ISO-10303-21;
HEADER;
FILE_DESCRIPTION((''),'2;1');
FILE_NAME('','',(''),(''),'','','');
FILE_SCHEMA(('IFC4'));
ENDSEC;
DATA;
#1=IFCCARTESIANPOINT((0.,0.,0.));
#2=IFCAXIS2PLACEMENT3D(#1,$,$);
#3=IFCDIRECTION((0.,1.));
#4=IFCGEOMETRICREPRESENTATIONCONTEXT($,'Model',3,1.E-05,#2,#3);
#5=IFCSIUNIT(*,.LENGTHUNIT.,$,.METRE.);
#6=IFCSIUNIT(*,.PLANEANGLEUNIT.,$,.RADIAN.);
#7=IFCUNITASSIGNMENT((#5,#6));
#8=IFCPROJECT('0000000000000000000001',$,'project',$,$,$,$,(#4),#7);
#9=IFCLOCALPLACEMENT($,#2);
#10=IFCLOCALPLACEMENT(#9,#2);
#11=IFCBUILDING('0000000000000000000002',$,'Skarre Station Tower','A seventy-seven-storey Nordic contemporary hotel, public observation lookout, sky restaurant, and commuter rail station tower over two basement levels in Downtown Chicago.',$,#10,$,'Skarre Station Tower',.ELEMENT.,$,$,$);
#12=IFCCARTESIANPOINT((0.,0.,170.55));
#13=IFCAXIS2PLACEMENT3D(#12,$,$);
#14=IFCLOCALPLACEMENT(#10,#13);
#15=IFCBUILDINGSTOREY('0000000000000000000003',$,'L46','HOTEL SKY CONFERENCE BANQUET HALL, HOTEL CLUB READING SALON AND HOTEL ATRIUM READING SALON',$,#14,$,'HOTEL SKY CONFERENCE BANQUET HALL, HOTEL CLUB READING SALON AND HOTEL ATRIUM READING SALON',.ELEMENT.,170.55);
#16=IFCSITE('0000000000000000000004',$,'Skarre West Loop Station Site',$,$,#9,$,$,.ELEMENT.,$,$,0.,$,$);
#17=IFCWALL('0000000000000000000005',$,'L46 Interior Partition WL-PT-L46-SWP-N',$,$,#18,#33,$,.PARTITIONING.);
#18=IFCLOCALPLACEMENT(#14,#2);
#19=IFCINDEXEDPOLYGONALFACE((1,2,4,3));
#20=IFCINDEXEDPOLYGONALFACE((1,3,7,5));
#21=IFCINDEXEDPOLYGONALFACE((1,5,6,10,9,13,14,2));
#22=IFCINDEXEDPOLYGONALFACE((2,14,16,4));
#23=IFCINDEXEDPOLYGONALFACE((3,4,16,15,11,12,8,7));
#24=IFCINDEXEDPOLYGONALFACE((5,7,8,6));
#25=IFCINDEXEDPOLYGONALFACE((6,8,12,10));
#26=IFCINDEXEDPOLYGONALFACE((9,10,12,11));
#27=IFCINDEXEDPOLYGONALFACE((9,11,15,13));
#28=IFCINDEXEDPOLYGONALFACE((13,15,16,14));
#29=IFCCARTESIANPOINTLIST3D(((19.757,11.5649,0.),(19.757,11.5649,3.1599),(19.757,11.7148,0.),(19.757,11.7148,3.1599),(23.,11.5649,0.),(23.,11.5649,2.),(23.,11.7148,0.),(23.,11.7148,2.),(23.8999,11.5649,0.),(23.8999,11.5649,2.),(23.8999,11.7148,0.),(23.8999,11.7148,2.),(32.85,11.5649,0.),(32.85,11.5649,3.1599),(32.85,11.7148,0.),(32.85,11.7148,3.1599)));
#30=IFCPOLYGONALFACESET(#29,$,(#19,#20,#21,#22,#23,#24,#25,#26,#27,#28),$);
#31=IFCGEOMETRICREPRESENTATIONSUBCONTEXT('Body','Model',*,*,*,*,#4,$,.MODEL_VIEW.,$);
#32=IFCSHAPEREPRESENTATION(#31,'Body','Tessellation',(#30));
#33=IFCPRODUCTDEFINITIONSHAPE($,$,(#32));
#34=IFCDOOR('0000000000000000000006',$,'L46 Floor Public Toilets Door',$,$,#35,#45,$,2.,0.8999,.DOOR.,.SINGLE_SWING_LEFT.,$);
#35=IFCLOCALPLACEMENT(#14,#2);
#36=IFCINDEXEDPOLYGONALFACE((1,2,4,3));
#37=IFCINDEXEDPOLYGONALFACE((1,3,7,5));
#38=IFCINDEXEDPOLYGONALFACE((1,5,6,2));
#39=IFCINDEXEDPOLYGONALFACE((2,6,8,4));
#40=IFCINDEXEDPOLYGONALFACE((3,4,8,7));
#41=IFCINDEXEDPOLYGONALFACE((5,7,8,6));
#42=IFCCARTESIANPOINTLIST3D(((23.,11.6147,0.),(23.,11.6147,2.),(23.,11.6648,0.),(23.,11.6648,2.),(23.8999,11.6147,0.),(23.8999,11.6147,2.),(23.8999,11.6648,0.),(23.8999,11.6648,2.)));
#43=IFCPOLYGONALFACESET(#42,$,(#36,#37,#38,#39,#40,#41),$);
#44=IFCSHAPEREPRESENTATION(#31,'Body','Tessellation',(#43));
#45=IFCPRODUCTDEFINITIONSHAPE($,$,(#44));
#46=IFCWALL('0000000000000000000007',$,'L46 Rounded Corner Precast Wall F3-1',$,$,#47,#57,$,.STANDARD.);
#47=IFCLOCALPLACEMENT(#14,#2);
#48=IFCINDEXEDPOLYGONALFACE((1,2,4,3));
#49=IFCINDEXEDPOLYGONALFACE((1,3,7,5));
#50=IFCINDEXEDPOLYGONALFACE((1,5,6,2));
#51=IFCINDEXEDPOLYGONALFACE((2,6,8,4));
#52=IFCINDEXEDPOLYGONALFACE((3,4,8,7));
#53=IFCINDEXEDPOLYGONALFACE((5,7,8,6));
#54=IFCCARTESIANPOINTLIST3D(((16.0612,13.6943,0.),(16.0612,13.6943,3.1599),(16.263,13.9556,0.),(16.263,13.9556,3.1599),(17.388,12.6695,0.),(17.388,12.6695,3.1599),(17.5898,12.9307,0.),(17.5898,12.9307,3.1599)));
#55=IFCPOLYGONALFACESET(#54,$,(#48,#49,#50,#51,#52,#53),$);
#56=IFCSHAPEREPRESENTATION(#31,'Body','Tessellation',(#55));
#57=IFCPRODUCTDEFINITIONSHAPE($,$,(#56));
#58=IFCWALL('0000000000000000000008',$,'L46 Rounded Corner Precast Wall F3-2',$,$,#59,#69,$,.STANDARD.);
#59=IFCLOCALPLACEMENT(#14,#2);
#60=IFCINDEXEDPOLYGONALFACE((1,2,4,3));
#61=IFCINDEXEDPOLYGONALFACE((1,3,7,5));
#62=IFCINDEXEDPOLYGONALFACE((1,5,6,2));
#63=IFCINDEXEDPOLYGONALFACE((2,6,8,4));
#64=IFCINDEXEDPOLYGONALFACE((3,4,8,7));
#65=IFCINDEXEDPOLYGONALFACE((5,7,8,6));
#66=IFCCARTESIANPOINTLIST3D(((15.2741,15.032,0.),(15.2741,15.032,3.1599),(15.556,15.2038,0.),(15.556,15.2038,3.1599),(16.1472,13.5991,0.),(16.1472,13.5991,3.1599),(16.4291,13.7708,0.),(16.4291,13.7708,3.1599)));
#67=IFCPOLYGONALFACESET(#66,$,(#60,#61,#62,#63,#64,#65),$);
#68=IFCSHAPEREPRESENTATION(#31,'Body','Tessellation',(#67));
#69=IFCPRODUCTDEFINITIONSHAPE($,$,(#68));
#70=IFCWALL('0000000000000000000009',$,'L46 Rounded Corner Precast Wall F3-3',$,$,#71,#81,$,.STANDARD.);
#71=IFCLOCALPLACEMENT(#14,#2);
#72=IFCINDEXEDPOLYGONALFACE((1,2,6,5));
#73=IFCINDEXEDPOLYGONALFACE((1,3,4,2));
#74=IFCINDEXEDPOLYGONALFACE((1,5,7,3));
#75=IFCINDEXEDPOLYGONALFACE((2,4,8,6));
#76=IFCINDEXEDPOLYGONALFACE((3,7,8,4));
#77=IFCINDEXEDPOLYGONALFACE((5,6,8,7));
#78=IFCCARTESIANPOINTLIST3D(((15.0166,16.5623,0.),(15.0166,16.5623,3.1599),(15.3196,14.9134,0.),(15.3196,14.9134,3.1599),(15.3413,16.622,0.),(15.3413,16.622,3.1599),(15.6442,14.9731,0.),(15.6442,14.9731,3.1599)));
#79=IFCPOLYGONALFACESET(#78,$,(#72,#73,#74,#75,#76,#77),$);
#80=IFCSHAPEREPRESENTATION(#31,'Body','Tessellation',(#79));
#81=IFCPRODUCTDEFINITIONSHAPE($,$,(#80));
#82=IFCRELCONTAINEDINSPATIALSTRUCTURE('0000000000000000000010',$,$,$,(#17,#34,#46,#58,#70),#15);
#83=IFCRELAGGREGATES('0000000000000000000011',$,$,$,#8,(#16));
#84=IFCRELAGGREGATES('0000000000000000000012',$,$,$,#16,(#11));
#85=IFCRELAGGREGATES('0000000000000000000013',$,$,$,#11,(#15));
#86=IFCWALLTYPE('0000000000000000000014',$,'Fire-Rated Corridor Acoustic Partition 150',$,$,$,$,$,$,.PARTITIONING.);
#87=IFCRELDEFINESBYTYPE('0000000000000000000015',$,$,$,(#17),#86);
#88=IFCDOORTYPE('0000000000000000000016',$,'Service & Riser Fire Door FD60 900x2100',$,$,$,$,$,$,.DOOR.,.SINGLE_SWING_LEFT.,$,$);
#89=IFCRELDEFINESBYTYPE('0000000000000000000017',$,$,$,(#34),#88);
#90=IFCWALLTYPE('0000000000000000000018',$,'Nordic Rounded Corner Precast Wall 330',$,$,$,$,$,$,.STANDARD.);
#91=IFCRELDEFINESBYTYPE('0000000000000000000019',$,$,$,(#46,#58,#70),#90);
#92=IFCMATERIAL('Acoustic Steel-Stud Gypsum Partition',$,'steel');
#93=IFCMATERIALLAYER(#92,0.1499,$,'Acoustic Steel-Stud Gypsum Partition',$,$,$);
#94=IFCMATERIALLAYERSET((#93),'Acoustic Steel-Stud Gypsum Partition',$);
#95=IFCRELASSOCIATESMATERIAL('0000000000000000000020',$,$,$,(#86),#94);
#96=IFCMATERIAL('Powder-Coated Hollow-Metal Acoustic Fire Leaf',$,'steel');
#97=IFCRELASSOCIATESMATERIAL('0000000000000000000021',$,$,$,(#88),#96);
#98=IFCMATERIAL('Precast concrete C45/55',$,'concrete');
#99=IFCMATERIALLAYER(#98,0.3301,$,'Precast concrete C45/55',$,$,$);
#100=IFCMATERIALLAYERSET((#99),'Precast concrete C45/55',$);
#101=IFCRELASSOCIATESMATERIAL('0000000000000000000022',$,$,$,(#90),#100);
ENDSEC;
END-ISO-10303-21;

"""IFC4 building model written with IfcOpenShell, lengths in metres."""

from ifc_helpers import new_model, si_unit, direction, frame, frame_2d, origin, place, context, subcontext, project, spatial, rectangle, extrude, material, layer, layer_set, type_object, element, fill, save


model = new_model("IFC4")

# Units and contexts
model_context = context("Model", 3, precision=1e-05, world=origin(), true_north=direction((0.0, 1.0)))
body_context = subcontext(model_context, "Body", "Model", "MODEL_VIEW")
ifc_project = project(units=[si_unit("LENGTHUNIT", "METRE"), si_unit("PLANEANGLEUNIT", "RADIAN")], contexts=[model_context])

# Site, building, storey
site_placement = place(None, origin())
site = spatial("IfcSite", under=ifc_project, at=site_placement, Name="Skarre West Loop Station Site", CompositionType="ELEMENT", RefElevation=0.0)
building_placement = place(site_placement, origin())
building = spatial("IfcBuilding", under=site, at=building_placement, Name="Skarre Station Tower", Description="A seventy-seven-storey Nordic contemporary hotel, public observation lookout, sky restaurant, and commuter rail station tower over two basement levels in Downtown Chicago.", LongName="Skarre Station Tower", CompositionType="ELEMENT")
storey_placement = place(building_placement, frame((0.0, 0.0, 170.55)))
storey = spatial("IfcBuildingStorey", under=building, at=storey_placement, Name="L46", Description="HOTEL SKY CONFERENCE BANQUET HALL, HOTEL CLUB READING SALON AND HOTEL ATRIUM READING SALON", LongName="HOTEL SKY CONFERENCE BANQUET HALL, HOTEL CLUB READING SALON AND HOTEL ATRIUM READING SALON", CompositionType="ELEMENT", Elevation=170.55)

# Shared definitions
ifc_material_1 = material(Name="Acoustic Steel-Stud Gypsum Partition", Category="steel")
ifc_layer_1 = layer(ifc_material_1, 0.1499, Name="Acoustic Steel-Stud Gypsum Partition")
ifc_layer_set_1 = layer_set([ifc_layer_1], Name="Acoustic Steel-Stud Gypsum Partition")
wall_type_1 = type_object("IfcWallType", Name="Fire-Rated Corridor Acoustic Partition 150", PredefinedType="PARTITIONING", material=ifc_layer_set_1)

# Wall, opening, door
wall_1_placement = place(storey_placement, frame((19.7571, 11.6399, 0.0), z_axis=(0.0, 0.0, 1.0), x_axis=(1.0, 0.0, 0.0)))
wall_1 = element("IfcWall", 1, at=wall_1_placement, inside=storey, type_object=wall_type_1, Name="L46 Interior Partition WL-PT-L46-SWP-N", PredefinedType="PARTITIONING", context=body_context, shape_type="SweptSolid", body=[
    extrude(rectangle(XDim=13.093, YDim=0.1499, at=frame_2d((6.5464, 0.0))), origin(), (0.0, 0.0, 1.0), 3.1599),
])
opening_1_placement = place(wall_1_placement, frame((3.2429, 0.0, 0.0)))
opening_1 = element("IfcOpeningElement", 2, at=opening_1_placement, cuts=wall_1, PredefinedType="OPENING", context=body_context, shape_type="SweptSolid", body=[
    extrude(rectangle(XDim=0.8999, YDim=2.0, at=frame_2d((0.45, 1.0))), frame((0.0, 0.085, 0.0), z_axis=(0.0, -1.0, 0.0), x_axis=(1.0, 0.0, 0.0)), (0.0, 0.0, 1.0), 0.1699),
])
ifc_material_2 = material(Name="Powder-Coated Hollow-Metal Acoustic Fire Leaf", Category="steel")
door_type = type_object("IfcDoorType", Name="Service & Riser Fire Door FD60 900x2100", OperationType="SINGLE_SWING_LEFT", PredefinedType="DOOR", material=ifc_material_2)
door_placement = place(opening_1_placement, origin())
door = element("IfcDoor", 3, at=door_placement, inside=storey, type_object=door_type, Name="L46 Floor Public Toilets Door", OperationType="SINGLE_SWING_LEFT", OverallHeight=2.0, OverallWidth=0.8999, PredefinedType="DOOR", context=body_context, shape_type="SweptSolid", body=[
    extrude(rectangle(XDim=0.8999, YDim=2.0, at=frame_2d((0.45, 1.0))), frame((0.0, 0.0249, 0.0), z_axis=(0.0, -1.0, 0.0), x_axis=(1.0, 0.0, 0.0)), (0.0, 0.0, 1.0), 0.05),
])
fill(opening_1, door)

# Walls
ifc_material_3 = material(Name="Precast concrete C45/55", Category="concrete")
ifc_layer_2 = layer(ifc_material_3, 0.3301, Name="Precast concrete C45/55")
ifc_layer_set_2 = layer_set([ifc_layer_2], Name="Precast concrete C45/55")
wall_type_2 = type_object("IfcWallType", Name="Nordic Rounded Corner Precast Wall 330", PredefinedType="STANDARD", material=ifc_layer_set_2)
wall_2_placement = place(storey_placement, frame((17.489, 12.8, 0.0), z_axis=(0.0, 0.0, 1.0), x_axis=(-0.79141, 0.611286, 0.0)))
element("IfcWall", 4, at=wall_2_placement, inside=storey, type_object=wall_type_2, Name="L46 Rounded Corner Precast Wall F3-1", PredefinedType="STANDARD", context=body_context, shape_type="SweptSolid", body=[
    extrude(rectangle(XDim=1.6765, YDim=0.3301, at=frame_2d((0.8384, 0.0))), origin(), (0.0, 0.0, 1.0), 3.1599),
])
wall_3_placement = place(storey_placement, frame((16.2881, 13.6851, 0.0), z_axis=(0.0, 0.0, 1.0), x_axis=(-0.520325, 0.853968, 0.0)))
element("IfcWall", 5, at=wall_3_placement, inside=storey, type_object=wall_type_2, Name="L46 Rounded Corner Precast Wall F3-2", PredefinedType="STANDARD", context=body_context, shape_type="SweptSolid", body=[
    extrude(rectangle(XDim=1.678, YDim=0.3301, at=frame_2d((0.8389, 0.0))), origin(), (0.0, 0.0, 1.0), 3.1599),
])
wall_4_placement = place(storey_placement, frame((15.4819, 14.9431, 0.0), z_axis=(0.0, 0.0, 1.0), x_axis=(-0.180718, 0.983535, 0.0)))
element("IfcWall", 6, at=wall_4_placement, inside=storey, type_object=wall_type_2, Name="L46 Rounded Corner Precast Wall F3-3", PredefinedType="STANDARD", context=body_context, shape_type="SweptSolid", body=[
    extrude(rectangle(XDim=1.6765, YDim=0.3301, at=frame_2d((0.8384, 0.0))), origin(), (0.0, 0.0, 1.0), 3.1599),
])

save(model, "model.ifc")
